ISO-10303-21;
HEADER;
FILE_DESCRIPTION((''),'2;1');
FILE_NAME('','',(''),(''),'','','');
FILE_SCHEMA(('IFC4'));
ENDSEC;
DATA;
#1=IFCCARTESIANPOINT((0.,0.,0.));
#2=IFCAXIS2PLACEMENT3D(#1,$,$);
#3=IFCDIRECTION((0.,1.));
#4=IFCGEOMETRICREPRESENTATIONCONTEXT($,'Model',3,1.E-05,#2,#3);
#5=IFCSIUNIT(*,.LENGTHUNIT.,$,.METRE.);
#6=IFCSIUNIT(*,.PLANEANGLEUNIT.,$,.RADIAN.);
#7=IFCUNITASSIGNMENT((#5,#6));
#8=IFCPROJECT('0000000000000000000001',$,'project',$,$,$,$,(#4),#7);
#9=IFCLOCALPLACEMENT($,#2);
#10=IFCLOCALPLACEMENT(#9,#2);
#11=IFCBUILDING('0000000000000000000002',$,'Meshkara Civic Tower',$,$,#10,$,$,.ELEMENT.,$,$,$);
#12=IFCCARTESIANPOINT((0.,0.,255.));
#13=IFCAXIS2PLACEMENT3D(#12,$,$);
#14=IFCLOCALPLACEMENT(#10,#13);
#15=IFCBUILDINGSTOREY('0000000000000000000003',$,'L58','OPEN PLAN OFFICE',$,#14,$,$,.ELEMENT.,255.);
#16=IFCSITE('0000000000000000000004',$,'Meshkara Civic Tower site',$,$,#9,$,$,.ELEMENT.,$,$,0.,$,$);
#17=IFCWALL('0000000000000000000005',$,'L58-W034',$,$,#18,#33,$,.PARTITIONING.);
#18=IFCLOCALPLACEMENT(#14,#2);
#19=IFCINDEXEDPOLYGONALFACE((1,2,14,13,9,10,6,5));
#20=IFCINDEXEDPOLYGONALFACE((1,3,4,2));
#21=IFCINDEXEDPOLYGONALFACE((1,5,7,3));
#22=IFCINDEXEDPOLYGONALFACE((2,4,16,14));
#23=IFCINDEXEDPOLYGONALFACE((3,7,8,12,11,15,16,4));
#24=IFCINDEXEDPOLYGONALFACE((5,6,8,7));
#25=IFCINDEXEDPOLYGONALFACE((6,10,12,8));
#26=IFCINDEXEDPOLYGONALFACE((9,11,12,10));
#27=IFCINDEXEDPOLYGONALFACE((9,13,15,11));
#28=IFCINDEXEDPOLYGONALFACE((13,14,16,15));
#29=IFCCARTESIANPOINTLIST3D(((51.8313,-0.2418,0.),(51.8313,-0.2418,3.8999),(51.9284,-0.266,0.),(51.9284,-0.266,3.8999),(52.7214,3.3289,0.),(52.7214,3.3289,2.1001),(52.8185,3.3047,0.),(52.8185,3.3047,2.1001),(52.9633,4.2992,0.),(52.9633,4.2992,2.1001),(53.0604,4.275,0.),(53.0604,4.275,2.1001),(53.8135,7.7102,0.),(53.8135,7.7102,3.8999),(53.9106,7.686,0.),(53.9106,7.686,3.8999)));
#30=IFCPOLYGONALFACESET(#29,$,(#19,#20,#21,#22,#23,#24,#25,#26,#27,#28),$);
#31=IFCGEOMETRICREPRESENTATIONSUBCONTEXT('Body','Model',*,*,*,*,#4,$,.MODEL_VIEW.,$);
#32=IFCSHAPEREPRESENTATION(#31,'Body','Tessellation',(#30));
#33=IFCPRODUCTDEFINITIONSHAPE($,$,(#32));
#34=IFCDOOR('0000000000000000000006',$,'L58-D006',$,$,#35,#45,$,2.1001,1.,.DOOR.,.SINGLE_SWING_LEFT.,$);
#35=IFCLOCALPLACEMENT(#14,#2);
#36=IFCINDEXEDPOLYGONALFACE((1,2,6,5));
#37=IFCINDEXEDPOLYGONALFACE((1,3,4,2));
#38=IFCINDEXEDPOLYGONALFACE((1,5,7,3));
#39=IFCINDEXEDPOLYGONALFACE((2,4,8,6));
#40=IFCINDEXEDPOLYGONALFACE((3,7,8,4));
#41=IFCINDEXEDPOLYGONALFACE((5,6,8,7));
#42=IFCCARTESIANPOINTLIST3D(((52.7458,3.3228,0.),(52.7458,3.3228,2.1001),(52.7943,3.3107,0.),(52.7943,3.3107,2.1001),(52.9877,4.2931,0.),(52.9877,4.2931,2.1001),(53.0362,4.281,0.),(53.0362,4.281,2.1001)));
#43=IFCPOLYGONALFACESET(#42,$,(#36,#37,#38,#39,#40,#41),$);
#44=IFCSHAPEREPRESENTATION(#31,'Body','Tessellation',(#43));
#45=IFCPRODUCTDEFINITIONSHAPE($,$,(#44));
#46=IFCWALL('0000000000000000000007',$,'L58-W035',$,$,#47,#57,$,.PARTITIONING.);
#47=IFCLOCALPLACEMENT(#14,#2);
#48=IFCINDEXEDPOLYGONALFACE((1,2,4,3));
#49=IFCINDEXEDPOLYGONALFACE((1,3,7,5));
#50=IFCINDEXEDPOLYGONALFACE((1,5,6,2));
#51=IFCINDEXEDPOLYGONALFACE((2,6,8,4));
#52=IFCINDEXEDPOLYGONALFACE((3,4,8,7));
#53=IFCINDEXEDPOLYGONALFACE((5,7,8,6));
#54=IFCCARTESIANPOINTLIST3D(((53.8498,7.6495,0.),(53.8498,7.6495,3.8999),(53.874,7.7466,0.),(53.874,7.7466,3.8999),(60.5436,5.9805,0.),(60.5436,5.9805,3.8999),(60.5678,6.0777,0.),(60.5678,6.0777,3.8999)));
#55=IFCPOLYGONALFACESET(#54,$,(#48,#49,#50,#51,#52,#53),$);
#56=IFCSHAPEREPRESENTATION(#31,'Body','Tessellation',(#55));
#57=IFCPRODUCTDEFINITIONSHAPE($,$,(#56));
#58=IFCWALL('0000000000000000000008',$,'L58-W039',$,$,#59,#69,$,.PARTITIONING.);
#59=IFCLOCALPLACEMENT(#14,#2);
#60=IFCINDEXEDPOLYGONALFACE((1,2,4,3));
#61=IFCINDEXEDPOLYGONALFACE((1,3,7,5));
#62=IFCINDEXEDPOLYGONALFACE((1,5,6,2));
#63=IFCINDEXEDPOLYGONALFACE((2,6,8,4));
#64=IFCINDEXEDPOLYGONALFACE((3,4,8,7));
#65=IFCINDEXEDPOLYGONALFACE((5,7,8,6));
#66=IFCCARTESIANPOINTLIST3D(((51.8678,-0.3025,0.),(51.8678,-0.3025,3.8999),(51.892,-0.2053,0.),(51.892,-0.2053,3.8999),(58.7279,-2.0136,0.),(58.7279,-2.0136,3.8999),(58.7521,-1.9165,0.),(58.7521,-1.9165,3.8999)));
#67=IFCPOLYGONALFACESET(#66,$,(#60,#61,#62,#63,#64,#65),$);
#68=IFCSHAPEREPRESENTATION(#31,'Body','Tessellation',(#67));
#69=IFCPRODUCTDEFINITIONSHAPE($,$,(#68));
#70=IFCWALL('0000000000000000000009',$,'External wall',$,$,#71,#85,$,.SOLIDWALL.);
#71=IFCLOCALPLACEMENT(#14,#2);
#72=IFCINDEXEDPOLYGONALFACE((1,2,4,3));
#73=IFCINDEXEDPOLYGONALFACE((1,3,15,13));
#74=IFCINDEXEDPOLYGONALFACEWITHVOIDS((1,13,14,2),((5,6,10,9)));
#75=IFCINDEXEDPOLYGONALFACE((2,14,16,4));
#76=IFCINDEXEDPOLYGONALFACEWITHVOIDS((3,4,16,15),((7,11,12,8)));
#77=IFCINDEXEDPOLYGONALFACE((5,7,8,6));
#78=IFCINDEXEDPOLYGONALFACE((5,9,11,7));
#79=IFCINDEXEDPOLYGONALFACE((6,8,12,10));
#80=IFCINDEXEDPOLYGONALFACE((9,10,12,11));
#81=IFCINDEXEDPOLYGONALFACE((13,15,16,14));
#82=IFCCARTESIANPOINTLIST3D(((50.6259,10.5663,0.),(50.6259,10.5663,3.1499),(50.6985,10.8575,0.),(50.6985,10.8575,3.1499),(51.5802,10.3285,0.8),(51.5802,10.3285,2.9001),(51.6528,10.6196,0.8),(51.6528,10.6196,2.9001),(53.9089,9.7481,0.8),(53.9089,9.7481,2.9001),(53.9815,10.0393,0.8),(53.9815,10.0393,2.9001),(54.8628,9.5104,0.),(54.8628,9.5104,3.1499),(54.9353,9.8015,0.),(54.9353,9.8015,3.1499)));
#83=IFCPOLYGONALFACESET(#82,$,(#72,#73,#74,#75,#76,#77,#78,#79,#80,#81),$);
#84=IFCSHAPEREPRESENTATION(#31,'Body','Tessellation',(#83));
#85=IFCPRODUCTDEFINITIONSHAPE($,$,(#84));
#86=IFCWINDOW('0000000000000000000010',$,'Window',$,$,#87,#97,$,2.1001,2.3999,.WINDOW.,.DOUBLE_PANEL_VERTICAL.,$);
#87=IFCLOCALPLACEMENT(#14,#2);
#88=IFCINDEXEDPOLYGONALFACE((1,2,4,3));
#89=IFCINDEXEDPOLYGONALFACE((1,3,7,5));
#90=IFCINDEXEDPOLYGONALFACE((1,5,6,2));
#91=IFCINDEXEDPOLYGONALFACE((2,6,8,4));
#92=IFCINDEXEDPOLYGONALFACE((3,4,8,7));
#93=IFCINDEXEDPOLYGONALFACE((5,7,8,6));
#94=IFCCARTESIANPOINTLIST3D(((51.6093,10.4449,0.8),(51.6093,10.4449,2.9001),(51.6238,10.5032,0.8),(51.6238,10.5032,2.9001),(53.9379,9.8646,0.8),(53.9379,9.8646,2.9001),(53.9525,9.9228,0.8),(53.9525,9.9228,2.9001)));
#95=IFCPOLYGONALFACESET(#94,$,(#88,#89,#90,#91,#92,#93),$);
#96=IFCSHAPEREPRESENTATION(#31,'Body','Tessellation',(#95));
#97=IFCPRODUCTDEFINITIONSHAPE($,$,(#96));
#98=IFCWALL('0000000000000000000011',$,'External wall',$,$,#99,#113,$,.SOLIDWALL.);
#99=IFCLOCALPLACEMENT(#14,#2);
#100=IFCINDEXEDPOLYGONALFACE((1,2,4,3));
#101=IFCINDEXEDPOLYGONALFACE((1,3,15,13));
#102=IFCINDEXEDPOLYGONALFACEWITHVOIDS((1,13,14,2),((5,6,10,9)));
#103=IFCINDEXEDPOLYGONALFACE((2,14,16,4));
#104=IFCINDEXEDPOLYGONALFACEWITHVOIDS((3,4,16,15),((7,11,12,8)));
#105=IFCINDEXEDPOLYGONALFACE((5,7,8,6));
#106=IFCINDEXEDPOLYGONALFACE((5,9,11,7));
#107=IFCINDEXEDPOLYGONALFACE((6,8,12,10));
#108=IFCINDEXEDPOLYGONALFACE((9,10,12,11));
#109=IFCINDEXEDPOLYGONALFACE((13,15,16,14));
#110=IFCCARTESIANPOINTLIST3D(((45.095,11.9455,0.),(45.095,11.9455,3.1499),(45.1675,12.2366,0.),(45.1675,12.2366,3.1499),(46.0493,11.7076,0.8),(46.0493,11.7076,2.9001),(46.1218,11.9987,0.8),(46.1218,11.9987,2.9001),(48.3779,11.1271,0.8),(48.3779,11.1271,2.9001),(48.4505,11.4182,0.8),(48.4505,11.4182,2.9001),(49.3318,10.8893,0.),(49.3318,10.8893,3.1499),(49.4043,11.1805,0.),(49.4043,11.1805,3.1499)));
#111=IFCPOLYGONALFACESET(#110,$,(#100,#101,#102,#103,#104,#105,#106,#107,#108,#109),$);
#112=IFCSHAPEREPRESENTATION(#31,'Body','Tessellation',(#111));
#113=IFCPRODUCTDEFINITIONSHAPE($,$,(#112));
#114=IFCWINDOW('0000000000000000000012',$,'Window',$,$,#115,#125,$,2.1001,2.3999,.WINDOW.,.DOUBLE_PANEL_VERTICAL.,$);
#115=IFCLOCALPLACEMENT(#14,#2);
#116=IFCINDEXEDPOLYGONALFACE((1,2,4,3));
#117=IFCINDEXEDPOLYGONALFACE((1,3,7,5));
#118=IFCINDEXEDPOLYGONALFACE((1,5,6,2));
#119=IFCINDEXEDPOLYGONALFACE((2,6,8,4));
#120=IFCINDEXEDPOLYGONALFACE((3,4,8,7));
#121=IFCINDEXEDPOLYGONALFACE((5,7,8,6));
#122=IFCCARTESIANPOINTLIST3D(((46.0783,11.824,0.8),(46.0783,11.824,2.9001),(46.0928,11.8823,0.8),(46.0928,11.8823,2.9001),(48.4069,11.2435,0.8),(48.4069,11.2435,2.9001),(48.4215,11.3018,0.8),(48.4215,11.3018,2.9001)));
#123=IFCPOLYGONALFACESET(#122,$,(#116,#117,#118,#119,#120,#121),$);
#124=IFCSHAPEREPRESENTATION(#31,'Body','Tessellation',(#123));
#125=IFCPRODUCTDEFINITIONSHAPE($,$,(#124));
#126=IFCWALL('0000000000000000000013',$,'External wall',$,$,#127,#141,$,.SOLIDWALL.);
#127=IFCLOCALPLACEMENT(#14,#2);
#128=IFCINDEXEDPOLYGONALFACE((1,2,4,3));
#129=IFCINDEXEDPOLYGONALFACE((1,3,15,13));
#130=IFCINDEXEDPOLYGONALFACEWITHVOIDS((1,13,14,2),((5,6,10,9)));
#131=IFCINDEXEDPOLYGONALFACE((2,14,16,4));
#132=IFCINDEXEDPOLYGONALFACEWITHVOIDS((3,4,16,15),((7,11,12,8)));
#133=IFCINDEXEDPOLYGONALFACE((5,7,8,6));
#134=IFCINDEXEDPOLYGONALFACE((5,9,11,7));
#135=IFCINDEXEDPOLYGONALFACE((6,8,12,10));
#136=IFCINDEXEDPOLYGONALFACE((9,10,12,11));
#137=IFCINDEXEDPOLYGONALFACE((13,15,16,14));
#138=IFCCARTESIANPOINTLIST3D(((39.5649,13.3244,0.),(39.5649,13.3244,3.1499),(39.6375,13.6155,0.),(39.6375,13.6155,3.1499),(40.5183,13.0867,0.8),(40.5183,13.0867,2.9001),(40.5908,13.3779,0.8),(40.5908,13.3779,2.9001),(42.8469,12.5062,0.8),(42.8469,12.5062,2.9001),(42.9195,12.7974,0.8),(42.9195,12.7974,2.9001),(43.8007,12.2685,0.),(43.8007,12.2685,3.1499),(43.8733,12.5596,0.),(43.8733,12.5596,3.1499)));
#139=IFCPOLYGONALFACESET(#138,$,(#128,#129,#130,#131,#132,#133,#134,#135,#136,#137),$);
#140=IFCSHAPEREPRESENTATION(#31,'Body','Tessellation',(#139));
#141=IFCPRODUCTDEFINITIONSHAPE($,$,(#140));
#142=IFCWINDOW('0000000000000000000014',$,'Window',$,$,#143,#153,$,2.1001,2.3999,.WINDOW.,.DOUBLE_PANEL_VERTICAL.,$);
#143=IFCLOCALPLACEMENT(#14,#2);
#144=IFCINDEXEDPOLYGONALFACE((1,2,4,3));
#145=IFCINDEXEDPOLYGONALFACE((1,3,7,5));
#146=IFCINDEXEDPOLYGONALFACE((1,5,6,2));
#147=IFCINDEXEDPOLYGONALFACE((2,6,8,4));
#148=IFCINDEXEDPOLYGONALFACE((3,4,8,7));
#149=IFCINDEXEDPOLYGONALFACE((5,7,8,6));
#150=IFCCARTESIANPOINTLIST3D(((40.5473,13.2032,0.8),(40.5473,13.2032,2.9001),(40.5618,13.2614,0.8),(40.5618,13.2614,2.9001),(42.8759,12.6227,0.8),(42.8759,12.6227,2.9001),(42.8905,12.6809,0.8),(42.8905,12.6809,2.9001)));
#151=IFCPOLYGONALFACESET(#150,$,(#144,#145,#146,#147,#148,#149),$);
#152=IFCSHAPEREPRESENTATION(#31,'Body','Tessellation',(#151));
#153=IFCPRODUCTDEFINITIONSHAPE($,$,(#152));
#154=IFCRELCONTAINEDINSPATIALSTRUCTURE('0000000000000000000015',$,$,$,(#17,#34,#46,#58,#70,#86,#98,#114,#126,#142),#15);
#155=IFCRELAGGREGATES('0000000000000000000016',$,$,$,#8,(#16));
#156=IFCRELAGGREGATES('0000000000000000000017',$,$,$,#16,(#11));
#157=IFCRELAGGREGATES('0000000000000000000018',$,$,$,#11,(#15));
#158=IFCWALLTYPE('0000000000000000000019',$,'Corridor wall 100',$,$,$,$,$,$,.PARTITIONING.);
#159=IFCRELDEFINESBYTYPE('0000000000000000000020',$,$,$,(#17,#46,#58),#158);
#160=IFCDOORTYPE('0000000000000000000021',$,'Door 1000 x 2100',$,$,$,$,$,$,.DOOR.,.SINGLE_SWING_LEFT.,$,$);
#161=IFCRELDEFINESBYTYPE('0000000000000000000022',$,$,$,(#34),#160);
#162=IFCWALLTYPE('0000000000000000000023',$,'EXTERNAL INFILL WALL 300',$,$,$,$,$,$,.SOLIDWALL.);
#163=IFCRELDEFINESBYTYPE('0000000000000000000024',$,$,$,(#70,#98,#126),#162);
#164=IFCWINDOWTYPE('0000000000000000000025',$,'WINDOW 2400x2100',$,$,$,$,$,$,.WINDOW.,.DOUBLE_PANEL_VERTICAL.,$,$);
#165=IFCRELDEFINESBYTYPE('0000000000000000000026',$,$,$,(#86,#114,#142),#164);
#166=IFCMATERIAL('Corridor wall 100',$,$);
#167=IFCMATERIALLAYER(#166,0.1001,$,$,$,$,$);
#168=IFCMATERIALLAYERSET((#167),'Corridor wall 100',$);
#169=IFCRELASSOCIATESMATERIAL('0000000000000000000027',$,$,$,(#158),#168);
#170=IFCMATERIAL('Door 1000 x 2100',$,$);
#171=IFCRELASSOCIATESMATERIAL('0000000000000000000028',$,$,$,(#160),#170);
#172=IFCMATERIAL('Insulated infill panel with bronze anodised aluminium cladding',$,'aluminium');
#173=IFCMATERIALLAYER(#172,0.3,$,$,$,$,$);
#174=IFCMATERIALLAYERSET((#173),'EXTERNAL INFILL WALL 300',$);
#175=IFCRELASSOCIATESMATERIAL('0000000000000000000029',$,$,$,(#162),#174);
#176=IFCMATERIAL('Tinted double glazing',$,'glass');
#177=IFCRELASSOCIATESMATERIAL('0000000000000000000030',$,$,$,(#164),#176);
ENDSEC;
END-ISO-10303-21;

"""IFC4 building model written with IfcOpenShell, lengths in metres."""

from ifc_helpers import new_model, si_unit, direction, frame, frame_2d, origin, place, context, subcontext, project, spatial, rectangle, extrude, material, layer, layer_set, type_object, element, fill, save


model = new_model("IFC4")

# Units and contexts
model_context = context("Model", 3, precision=1e-05, world=origin(), true_north=direction((0.0, 1.0)))
body_context = subcontext(model_context, "Body", "Model", "MODEL_VIEW")
ifc_project = project(units=[si_unit("LENGTHUNIT", "METRE"), si_unit("PLANEANGLEUNIT", "RADIAN")], contexts=[model_context])

# Site, building, storey
site_placement = place(None, origin())
site = spatial("IfcSite", under=ifc_project, at=site_placement, Name="Meshkara Civic Tower site", CompositionType="ELEMENT", RefElevation=0.0)
building_placement = place(site_placement, origin())
building = spatial("IfcBuilding", under=site, at=building_placement, Name="Meshkara Civic Tower", CompositionType="ELEMENT")
storey_placement = place(building_placement, frame((0.0, 0.0, 255.0)))
storey = spatial("IfcBuildingStorey", under=building, at=storey_placement, Name="L58", Description="OPEN PLAN OFFICE", CompositionType="ELEMENT", Elevation=255.0)

# Shared definitions
ifc_material_1 = material(Name="Corridor wall 100")
ifc_layer_1 = layer(ifc_material_1, 0.1001)
ifc_layer_set_1 = layer_set([ifc_layer_1], Name="Corridor wall 100")
wall_type_1 = type_object("IfcWallType", Name="Corridor wall 100", PredefinedType="PARTITIONING", material=ifc_layer_set_1)

# Wall, opening, door
ifc_material_2 = material(Name="Door 1000 x 2100")
door_type = type_object("IfcDoorType", Name="Door 1000 x 2100", OperationType="SINGLE_SWING_LEFT", PredefinedType="DOOR", material=ifc_material_2)
wall_1_placement = place(storey_placement, frame((51.8799, -0.2539, 0.0), z_axis=(0.0, 0.0, 1.0), x_axis=(0.24187, 0.970309, 0.0)))
wall_1 = element("IfcWall", 1, at=wall_1_placement, inside=storey, type_object=wall_type_1, Name="L58-W034", PredefinedType="PARTITIONING", context=body_context, shape_type="SweptSolid", body=[
    extrude(rectangle(XDim=8.1953, YDim=0.1001, at=frame_2d((4.0977, 0.0))), origin(), (0.0, 0.0, 1.0), 3.8999),
])
opening_1_placement = place(wall_1_placement, frame((3.6799, 0.0, 0.0)))
opening_1 = element("IfcOpeningElement", 2, at=opening_1_placement, cuts=wall_1, PredefinedType="OPENING", context=body_context, shape_type="SweptSolid", body=[
    extrude(rectangle(XDim=1.0, YDim=2.1001, at=frame_2d((0.5, 1.05))), frame((0.0, 0.0601, 0.0), z_axis=(0.0, -1.0, 0.0), x_axis=(1.0, 0.0, 0.0)), (0.0, 0.0, 1.0), 0.1201),
])
door_1_placement = place(opening_1_placement, origin())
door_1 = element("IfcDoor", 3, at=door_1_placement, inside=storey, type_object=door_type, Name="L58-D006", OperationType="SINGLE_SWING_LEFT", OverallHeight=2.1001, OverallWidth=1.0, PredefinedType="DOOR", context=body_context, shape_type="SweptSolid", body=[
    extrude(rectangle(XDim=1.0, YDim=2.1001, at=frame_2d((0.5, 1.05))), frame((0.0, 0.0249, 0.0), z_axis=(0.0, -1.0, 0.0), x_axis=(1.0, 0.0, 0.0)), (0.0, 0.0, 1.0), 0.05),
])
fill(opening_1, door_1)

# Walls
wall_2_placement = place(storey_placement, frame((53.8621, 7.698, 0.0), z_axis=(0.0, 0.0, 1.0), x_axis=(0.970296, -0.241919, 0.0)))
element("IfcWall", 4, at=wall_2_placement, inside=storey, type_object=wall_type_1, Name="L58-W035", PredefinedType="PARTITIONING", context=body_context, shape_type="SweptSolid", body=[
    extrude(rectangle(XDim=6.8987, YDim=0.1001, at=frame_2d((3.4492, 0.0))), origin(), (0.0, 0.0, 1.0), 3.8999),
])
wall_3_placement = place(storey_placement, frame((58.74, -1.9651, 0.0), z_axis=(0.0, 0.0, 1.0), x_axis=(-0.97027, 0.242024, 0.0)))
element("IfcWall", 5, at=wall_3_placement, inside=storey, type_object=wall_type_1, Name="L58-W039", PredefinedType="PARTITIONING", context=body_context, shape_type="SweptSolid", body=[
    extrude(rectangle(XDim=7.0703, YDim=0.1001, at=frame_2d((3.5352, 0.0))), origin(), (0.0, 0.0, 1.0), 3.8999),
])

# Walls, openings, windows
ifc_material_3 = material(Name="Insulated infill panel with bronze anodised aluminium cladding", Category="aluminium")
ifc_layer_2 = layer(ifc_material_3, 0.3)
ifc_layer_set_2 = layer_set([ifc_layer_2], Name="EXTERNAL INFILL WALL 300")
wall_type_2 = type_object("IfcWallType", Name="EXTERNAL INFILL WALL 300", PredefinedType="SOLIDWALL", material=ifc_layer_set_2)
wall_4_placement = place(storey_placement, frame((54.8989, 9.656, 0.0), z_axis=(0.0, 0.0, 1.0), x_axis=(-0.97032, 0.241825, 0.0)))
wall_4 = element("IfcWall", 6, at=wall_4_placement, inside=storey, type_object=wall_type_2, Name="External wall", PredefinedType="SOLIDWALL", context=body_context, shape_type="SweptSolid", body=[
    extrude(rectangle(XDim=4.3665, YDim=0.3, at=frame_2d((2.1831, 0.0))), origin(), (0.0, 0.0, 1.0), 3.1499),
])
opening_2_placement = place(wall_4_placement, frame((0.9829, 0.0, 0.8)))
opening_2 = element("IfcOpeningElement", 7, at=opening_2_placement, cuts=wall_4, PredefinedType="OPENING", context=body_context, shape_type="SweptSolid", body=[
    extrude(rectangle(XDim=2.3999, YDim=2.1001, at=frame_2d((1.2, 1.05))), frame((0.0, 0.1599, 0.0), z_axis=(0.0, -1.0, 0.0), x_axis=(1.0, 0.0, 0.0)), (0.0, 0.0, 1.0), 0.3201),
])
ifc_material_4 = material(Name="Tinted double glazing", Category="glass")
window_type = type_object("IfcWindowType", Name="WINDOW 2400x2100", PartitioningType="DOUBLE_PANEL_VERTICAL", PredefinedType="WINDOW", material=ifc_material_4)
window_1_placement = place(opening_2_placement, origin())
window_1 = element("IfcWindow", 8, at=window_1_placement, inside=storey, type_object=window_type, Name="Window", OverallHeight=2.1001, OverallWidth=2.3999, PartitioningType="DOUBLE_PANEL_VERTICAL", PredefinedType="WINDOW", context=body_context, shape_type="SweptSolid", body=[
    extrude(rectangle(XDim=2.3999, YDim=2.1001, at=frame_2d((1.2, 1.05))), frame((0.0, 0.03, 0.0), z_axis=(0.0, -1.0, 0.0), x_axis=(1.0, 0.0, 0.0)), (0.0, 0.0, 1.0), 0.0601),
])
fill(opening_2, window_1)
wall_5_placement = place(storey_placement, frame((49.3679, 11.0349, 0.0), z_axis=(0.0, 0.0, 1.0), x_axis=(-0.970307, 0.241878, 0.0)))
wall_5 = element("IfcWall", 9, at=wall_5_placement, inside=storey, type_object=wall_type_2, Name="External wall", PredefinedType="SOLIDWALL", context=body_context, shape_type="SweptSolid", body=[
    extrude(rectangle(XDim=4.3665, YDim=0.3, at=frame_2d((2.1831, 0.0))), origin(), (0.0, 0.0, 1.0), 3.1499),
])
opening_3_placement = place(wall_5_placement, frame((0.9829, 0.0, 0.8)))
opening_3 = element("IfcOpeningElement", 10, at=opening_3_placement, cuts=wall_5, PredefinedType="OPENING", context=body_context, shape_type="SweptSolid", body=[
    extrude(rectangle(XDim=2.3999, YDim=2.1001, at=frame_2d((1.2, 1.05))), frame((0.0, 0.1599, 0.0), z_axis=(0.0, -1.0, 0.0), x_axis=(1.0, 0.0, 0.0)), (0.0, 0.0, 1.0), 0.3201),
])
window_2_placement = place(opening_3_placement, origin())
window_2 = element("IfcWindow", 11, at=window_2_placement, inside=storey, type_object=window_type, Name="Window", OverallHeight=2.1001, OverallWidth=2.3999, PartitioningType="DOUBLE_PANEL_VERTICAL", PredefinedType="WINDOW", context=body_context, shape_type="SweptSolid", body=[
    extrude(rectangle(XDim=2.3999, YDim=2.1001, at=frame_2d((1.2, 1.05))), frame((0.0, 0.03, 0.0), z_axis=(0.0, -1.0, 0.0), x_axis=(1.0, 0.0, 0.0)), (0.0, 0.0, 1.0), 0.0601),
])
fill(opening_3, window_2)
wall_6_placement = place(storey_placement, frame((43.8369, 12.4141, 0.0), z_axis=(0.0, 0.0, 1.0), x_axis=(-0.970307, 0.241878, 0.0)))
wall_6 = element("IfcWall", 12, at=wall_6_placement, inside=storey, type_object=wall_type_2, Name="External wall", PredefinedType="SOLIDWALL", context=body_context, shape_type="SweptSolid", body=[
    extrude(rectangle(XDim=4.3655, YDim=0.3, at=frame_2d((2.1826, 0.0))), origin(), (0.0, 0.0, 1.0), 3.1499),
])
opening_4_placement = place(wall_6_placement, frame((0.9829, 0.0, 0.8)))
opening_4 = element("IfcOpeningElement", 13, at=opening_4_placement, cuts=wall_6, PredefinedType="OPENING", context=body_context, shape_type="SweptSolid", body=[
    extrude(rectangle(XDim=2.3999, YDim=2.1001, at=frame_2d((1.2, 1.05))), frame((0.0, 0.1599, 0.0), z_axis=(0.0, -1.0, 0.0), x_axis=(1.0, 0.0, 0.0)), (0.0, 0.0, 1.0), 0.3201),
])
window_3_placement = place(opening_4_placement, origin())
window_3 = element("IfcWindow", 14, at=window_3_placement, inside=storey, type_object=window_type, Name="Window", OverallHeight=2.1001, OverallWidth=2.3999, PartitioningType="DOUBLE_PANEL_VERTICAL", PredefinedType="WINDOW", context=body_context, shape_type="SweptSolid", body=[
    extrude(rectangle(XDim=2.3999, YDim=2.1001, at=frame_2d((1.2, 1.05))), frame((0.0, 0.03, 0.0), z_axis=(0.0, -1.0, 0.0), x_axis=(1.0, 0.0, 0.0)), (0.0, 0.0, 1.0), 0.0601),
])
fill(opening_4, window_3)

save(model, "model.ifc")
